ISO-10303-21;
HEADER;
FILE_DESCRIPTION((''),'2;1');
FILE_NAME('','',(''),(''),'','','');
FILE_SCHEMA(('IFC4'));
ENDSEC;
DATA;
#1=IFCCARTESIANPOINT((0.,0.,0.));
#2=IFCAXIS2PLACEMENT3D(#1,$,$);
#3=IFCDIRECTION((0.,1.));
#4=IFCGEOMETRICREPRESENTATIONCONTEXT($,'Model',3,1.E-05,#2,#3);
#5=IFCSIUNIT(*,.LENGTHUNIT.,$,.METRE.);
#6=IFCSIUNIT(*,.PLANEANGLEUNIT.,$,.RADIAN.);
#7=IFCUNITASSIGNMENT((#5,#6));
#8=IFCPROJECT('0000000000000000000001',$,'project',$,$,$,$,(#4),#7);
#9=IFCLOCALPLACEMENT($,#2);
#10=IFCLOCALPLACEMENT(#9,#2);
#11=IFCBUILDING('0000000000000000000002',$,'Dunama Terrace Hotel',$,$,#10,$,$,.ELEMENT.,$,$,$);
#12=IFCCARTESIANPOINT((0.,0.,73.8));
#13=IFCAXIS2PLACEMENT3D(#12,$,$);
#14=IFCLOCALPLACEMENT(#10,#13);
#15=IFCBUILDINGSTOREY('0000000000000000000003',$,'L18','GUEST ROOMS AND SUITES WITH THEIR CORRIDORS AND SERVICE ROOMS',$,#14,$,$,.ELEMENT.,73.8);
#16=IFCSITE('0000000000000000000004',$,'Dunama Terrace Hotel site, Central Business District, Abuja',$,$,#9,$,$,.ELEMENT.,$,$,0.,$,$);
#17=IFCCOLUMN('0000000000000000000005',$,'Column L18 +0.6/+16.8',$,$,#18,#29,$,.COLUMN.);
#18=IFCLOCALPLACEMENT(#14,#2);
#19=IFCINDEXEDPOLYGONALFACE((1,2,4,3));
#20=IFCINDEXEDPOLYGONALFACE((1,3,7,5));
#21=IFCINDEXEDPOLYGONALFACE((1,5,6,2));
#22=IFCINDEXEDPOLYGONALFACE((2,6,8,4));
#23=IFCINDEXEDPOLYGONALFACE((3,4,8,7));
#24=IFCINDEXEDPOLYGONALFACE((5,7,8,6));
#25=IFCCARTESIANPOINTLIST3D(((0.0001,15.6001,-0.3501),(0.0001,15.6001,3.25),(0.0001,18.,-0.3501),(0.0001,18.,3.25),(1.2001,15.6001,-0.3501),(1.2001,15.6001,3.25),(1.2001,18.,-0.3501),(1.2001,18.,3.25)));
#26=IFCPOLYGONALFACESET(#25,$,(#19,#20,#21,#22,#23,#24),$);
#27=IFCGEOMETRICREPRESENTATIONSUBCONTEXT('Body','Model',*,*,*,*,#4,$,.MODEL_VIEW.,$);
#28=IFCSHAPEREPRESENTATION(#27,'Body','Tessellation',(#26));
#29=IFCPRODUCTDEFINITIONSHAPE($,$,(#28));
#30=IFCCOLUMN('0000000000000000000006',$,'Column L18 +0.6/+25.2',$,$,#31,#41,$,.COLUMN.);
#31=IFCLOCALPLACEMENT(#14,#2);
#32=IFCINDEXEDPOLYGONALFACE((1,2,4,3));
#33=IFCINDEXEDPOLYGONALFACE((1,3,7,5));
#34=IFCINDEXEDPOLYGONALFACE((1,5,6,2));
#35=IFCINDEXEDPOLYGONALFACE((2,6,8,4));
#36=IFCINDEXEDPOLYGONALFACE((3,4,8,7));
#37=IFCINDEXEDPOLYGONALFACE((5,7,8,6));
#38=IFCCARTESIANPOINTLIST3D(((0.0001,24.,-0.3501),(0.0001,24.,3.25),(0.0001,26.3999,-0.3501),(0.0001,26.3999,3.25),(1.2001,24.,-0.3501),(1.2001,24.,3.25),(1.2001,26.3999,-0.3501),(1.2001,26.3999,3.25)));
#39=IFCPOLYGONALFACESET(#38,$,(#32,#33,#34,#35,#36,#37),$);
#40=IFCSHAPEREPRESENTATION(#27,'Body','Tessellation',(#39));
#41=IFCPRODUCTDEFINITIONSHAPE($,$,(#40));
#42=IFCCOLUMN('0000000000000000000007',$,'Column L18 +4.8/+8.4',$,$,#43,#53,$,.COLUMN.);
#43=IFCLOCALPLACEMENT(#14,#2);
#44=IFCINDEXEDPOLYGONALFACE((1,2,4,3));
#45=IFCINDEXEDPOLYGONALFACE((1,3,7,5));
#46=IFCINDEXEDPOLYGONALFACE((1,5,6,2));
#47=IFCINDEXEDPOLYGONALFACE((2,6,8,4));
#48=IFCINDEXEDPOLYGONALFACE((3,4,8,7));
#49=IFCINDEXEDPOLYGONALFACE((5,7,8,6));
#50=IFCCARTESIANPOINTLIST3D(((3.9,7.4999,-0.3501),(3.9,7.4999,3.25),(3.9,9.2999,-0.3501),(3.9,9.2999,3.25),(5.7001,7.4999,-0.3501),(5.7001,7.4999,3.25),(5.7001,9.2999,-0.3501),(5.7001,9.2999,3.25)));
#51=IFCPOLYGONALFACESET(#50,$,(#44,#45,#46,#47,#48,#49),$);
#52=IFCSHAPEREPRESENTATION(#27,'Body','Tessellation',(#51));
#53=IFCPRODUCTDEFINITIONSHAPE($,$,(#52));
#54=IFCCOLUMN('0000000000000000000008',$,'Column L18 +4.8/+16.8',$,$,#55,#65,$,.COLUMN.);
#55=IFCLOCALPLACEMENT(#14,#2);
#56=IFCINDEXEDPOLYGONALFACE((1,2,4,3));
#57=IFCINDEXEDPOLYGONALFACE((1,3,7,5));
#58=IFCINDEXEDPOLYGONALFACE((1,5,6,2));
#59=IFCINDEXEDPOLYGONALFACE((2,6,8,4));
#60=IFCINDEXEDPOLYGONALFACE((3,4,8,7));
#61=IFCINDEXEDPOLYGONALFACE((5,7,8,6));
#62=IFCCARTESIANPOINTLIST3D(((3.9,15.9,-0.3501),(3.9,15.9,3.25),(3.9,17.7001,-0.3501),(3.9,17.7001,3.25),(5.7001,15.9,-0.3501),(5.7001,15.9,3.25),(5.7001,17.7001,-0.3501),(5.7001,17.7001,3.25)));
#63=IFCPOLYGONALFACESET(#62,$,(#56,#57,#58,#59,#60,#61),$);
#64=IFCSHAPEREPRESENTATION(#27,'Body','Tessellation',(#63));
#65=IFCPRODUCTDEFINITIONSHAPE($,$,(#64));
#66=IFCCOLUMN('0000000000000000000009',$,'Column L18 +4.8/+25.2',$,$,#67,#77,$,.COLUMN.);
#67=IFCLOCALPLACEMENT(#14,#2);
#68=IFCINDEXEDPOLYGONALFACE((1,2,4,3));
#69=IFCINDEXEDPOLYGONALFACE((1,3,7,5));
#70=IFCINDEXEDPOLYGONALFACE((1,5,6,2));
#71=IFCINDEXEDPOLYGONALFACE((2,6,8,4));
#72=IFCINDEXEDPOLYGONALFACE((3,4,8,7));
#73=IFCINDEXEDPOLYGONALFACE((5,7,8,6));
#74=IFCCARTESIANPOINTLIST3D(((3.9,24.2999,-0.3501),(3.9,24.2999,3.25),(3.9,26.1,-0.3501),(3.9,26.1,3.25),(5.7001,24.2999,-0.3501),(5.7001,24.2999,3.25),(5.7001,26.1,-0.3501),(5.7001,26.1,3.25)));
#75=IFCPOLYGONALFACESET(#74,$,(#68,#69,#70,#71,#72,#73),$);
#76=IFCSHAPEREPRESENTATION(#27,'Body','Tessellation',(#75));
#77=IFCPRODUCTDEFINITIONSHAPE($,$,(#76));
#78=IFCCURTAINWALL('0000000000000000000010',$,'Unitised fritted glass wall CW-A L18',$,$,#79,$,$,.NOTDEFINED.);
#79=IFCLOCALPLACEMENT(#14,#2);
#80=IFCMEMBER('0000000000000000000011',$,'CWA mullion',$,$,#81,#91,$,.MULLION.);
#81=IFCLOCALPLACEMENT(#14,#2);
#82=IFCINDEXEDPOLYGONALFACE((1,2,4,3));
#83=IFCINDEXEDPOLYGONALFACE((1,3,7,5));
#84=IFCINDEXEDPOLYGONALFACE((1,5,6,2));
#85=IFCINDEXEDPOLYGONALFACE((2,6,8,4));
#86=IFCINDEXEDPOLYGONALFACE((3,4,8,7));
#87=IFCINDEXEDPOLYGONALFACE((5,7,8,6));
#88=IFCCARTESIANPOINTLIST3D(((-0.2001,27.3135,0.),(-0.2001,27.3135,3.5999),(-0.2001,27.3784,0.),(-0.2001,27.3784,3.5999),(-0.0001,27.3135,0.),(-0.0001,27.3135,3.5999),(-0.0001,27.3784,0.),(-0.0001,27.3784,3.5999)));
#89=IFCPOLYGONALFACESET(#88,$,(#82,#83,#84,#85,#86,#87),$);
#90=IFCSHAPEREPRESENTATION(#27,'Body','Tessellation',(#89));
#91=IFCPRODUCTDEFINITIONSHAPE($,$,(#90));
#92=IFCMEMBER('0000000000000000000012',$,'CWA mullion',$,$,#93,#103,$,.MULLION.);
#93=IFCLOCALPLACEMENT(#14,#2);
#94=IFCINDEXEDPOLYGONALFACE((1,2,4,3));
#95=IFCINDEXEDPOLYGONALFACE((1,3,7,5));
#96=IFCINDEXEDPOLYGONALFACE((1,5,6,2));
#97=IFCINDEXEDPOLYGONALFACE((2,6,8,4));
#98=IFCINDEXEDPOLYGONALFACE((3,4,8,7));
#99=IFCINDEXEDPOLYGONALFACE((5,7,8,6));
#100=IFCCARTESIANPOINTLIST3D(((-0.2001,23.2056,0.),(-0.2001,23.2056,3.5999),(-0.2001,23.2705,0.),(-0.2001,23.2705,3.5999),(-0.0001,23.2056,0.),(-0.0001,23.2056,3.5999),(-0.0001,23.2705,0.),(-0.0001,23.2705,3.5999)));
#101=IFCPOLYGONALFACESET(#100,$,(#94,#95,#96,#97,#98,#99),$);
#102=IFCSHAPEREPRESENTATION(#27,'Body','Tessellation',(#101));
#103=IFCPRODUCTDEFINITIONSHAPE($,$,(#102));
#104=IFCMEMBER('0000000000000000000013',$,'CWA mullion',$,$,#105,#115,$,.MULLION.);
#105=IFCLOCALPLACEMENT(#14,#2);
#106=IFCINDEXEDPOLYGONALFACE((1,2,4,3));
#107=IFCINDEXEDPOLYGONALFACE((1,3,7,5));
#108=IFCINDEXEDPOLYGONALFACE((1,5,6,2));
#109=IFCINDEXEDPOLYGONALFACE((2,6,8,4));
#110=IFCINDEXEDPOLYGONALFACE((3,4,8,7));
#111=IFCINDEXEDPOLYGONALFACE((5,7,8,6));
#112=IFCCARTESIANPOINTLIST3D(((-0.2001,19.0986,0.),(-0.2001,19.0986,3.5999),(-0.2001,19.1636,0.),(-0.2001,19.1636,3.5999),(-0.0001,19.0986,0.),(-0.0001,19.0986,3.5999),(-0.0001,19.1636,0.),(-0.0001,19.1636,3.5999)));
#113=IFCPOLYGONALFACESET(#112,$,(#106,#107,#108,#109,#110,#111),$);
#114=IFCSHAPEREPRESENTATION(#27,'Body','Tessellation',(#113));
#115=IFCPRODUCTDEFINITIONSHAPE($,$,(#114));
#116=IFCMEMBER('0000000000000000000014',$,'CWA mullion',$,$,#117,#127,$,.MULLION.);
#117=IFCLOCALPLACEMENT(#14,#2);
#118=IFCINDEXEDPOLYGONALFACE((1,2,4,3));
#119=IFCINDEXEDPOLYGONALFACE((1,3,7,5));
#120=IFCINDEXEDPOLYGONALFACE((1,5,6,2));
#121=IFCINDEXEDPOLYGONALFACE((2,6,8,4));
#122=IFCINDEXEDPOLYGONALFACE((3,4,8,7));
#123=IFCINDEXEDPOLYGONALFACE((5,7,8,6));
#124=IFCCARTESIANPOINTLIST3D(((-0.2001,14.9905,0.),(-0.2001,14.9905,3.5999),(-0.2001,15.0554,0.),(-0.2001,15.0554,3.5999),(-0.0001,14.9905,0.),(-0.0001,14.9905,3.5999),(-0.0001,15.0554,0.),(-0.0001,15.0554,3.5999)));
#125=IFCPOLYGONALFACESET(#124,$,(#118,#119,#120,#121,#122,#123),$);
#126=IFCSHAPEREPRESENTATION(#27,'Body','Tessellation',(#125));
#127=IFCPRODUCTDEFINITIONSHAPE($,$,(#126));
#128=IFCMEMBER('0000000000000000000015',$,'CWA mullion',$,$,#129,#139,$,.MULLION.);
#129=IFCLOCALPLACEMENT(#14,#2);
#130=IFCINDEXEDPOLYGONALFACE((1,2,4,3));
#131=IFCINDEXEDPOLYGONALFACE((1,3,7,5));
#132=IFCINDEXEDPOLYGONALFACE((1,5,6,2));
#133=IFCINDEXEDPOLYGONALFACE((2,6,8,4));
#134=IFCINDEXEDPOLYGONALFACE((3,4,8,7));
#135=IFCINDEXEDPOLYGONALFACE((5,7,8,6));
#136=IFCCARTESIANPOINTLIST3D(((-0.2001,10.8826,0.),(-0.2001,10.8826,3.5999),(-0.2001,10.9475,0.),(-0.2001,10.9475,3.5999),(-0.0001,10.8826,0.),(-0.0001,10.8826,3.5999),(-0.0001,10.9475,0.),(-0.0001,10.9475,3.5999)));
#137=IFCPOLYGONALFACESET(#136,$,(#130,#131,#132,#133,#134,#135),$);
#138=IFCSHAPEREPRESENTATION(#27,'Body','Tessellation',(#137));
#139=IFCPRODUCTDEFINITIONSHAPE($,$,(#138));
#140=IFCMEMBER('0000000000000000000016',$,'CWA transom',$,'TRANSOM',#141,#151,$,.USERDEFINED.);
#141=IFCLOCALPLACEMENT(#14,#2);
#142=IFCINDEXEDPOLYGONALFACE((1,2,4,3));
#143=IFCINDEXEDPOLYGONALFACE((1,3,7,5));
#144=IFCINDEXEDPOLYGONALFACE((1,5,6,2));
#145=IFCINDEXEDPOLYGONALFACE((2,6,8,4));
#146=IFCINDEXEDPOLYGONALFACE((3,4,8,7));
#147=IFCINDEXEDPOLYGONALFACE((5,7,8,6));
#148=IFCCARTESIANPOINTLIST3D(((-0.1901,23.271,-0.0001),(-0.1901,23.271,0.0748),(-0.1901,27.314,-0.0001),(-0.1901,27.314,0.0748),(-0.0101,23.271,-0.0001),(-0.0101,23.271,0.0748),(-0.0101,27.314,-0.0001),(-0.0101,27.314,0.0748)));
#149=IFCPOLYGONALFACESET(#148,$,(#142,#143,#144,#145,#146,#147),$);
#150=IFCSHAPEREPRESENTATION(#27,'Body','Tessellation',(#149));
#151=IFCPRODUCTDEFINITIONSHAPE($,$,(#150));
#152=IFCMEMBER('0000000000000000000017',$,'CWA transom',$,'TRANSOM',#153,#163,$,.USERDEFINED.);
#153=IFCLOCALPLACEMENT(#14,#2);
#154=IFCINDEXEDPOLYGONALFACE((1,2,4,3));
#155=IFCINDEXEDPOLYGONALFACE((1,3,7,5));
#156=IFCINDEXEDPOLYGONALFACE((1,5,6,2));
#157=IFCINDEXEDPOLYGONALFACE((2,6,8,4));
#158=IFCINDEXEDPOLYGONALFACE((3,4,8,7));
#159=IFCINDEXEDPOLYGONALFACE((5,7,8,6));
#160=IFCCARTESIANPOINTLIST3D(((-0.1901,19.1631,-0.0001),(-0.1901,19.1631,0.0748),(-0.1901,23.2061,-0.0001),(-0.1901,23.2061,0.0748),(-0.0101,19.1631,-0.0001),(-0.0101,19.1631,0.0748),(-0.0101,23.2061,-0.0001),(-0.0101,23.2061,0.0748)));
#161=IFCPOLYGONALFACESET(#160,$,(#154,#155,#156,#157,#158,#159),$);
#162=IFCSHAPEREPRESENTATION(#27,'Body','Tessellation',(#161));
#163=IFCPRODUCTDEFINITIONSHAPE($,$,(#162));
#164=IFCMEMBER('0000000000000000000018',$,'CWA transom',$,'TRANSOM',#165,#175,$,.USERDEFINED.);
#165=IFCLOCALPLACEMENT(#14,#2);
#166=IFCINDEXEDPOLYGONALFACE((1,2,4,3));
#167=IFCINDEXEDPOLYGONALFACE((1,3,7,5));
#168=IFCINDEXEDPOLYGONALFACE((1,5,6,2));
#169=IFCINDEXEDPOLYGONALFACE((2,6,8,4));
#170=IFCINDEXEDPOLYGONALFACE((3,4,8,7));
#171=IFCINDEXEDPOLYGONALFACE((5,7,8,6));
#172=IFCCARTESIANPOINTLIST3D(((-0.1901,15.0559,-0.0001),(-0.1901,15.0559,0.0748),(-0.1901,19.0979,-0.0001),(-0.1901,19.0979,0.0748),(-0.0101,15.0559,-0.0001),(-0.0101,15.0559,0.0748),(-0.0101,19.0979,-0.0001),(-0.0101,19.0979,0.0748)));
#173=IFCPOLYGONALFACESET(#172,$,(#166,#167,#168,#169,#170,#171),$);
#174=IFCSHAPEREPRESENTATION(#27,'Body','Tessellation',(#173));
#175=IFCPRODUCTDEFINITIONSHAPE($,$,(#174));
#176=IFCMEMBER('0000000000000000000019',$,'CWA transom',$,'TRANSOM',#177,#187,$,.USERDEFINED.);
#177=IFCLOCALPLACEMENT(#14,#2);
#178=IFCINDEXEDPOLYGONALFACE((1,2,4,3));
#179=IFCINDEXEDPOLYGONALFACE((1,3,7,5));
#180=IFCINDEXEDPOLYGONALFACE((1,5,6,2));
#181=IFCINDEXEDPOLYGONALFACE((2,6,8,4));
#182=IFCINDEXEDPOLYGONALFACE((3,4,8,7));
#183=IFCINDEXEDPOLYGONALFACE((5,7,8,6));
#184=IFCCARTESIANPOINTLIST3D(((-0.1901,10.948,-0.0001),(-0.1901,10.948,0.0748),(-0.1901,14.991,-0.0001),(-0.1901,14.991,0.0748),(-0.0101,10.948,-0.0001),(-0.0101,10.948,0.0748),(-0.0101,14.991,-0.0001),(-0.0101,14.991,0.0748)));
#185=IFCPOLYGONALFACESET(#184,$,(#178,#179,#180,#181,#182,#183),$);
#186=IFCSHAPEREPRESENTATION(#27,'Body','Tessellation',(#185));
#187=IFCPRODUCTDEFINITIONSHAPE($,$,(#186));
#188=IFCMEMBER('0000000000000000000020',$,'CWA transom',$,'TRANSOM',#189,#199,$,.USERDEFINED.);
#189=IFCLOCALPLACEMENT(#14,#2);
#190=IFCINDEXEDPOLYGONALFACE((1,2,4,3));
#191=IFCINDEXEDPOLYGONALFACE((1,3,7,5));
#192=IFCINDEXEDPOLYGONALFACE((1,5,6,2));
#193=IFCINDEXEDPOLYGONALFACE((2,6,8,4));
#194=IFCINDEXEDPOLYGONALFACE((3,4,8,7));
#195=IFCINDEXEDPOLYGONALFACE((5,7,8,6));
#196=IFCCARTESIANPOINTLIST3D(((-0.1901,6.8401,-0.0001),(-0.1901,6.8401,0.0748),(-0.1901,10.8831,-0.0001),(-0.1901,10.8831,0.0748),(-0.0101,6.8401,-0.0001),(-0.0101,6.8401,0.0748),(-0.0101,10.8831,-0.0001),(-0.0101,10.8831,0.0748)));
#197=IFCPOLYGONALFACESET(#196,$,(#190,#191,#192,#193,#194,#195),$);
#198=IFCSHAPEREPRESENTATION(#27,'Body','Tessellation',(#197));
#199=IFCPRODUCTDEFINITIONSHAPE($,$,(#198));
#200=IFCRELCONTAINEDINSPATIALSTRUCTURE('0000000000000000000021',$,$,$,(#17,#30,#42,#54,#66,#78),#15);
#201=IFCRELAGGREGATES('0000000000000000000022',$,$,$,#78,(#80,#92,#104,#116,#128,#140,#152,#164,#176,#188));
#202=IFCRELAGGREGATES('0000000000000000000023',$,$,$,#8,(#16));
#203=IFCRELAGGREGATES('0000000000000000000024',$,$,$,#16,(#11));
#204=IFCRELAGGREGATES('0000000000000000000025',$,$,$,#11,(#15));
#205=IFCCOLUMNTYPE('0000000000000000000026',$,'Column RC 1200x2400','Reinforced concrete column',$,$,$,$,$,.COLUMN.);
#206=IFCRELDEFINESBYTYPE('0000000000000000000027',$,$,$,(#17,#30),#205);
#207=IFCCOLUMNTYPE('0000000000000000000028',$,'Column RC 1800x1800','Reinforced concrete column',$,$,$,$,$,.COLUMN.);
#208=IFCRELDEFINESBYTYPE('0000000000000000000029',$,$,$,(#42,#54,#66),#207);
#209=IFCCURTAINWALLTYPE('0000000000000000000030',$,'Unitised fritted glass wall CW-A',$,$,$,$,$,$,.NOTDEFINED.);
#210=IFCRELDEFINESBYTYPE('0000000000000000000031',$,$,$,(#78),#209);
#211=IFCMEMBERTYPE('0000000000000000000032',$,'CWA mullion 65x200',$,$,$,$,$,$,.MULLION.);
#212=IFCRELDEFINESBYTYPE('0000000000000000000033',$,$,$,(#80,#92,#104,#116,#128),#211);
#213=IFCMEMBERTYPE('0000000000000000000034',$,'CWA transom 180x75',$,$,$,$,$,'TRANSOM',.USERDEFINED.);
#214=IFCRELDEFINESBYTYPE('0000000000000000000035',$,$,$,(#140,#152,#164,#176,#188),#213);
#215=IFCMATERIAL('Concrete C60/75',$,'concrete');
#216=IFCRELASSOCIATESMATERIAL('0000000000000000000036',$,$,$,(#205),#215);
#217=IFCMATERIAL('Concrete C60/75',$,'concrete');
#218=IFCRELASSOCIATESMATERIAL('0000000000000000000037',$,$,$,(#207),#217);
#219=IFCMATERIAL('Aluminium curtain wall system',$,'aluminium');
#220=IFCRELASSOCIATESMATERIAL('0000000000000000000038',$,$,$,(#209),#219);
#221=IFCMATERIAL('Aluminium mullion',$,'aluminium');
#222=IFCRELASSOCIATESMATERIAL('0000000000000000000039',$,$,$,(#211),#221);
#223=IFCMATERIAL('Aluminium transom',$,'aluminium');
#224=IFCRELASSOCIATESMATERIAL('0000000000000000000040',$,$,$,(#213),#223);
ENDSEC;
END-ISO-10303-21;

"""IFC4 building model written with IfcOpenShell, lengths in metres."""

from ifc_helpers import new_model, si_unit, direction, frame, origin, origin_2d, place, context, subcontext, project, spatial, rectangle, extrude, material, material_profile, profile_set, type_object, element, aggregate, save


model = new_model("IFC4")

# Units and contexts
model_context = context("Model", 3, precision=1e-05, world=origin(), true_north=direction((0.0, 1.0)))
body_context = subcontext(model_context, "Body", "Model", "MODEL_VIEW")
ifc_project = project(units=[si_unit("LENGTHUNIT", "METRE"), si_unit("PLANEANGLEUNIT", "RADIAN")], contexts=[model_context])

# Site, building, storey
site_placement = place(None, origin())
site = spatial("IfcSite", under=ifc_project, at=site_placement, Name="Dunama Terrace Hotel site, Central Business District, Abuja", CompositionType="ELEMENT", RefElevation=0.0)
building_placement = place(site_placement, origin())
building = spatial("IfcBuilding", under=site, at=building_placement, Name="Dunama Terrace Hotel", CompositionType="ELEMENT")
storey_placement = place(building_placement, frame((0.0, 0.0, 73.8)))
storey = spatial("IfcBuildingStorey", under=building, at=storey_placement, Name="L18", Description="GUEST ROOMS AND SUITES WITH THEIR CORRIDORS AND SERVICE ROOMS", CompositionType="ELEMENT", Elevation=73.8)

# Columns
ifc_material_1 = material(Name="Concrete C60/75", Category="concrete")
ifc_material_profile_1 = material_profile(ifc_material_1, rectangle(XDim=1.2, YDim=2.3999, at=origin_2d()), Name="RC 1200x2400")
ifc_profile_set_1 = profile_set([ifc_material_profile_1], Name="Concrete C60/75")
column_type_1 = type_object("IfcColumnType", Name="Column RC 1200x2400", Description="Reinforced concrete column", PredefinedType="COLUMN", material=ifc_profile_set_1)
for number, where, z_axis, x_axis, name in (
    (1, (0.6001, 16.8, -0.3501), (0.0, 0.0, 1.0), (1.0, 0.0, 0.0), "Column L18 +0.6/+16.8"),
    (2, (0.6001, 25.2, -0.3501), (0.0, 0.0, 1.0), (1.0, 0.0, 0.0), "Column L18 +0.6/+25.2"),
):
    element("IfcColumn", number, at=place(storey_placement, frame(where, z_axis=z_axis, x_axis=x_axis)), inside=storey, type_object=column_type_1, Name=name, PredefinedType="COLUMN", context=body_context, shape_type="SweptSolid", body=[
        extrude(rectangle(XDim=1.2, YDim=2.3999, at=origin_2d()), origin(), (0.0, 0.0, 1.0), 3.6001),
    ])
ifc_material_2 = material(Name="Concrete C60/75", Category="concrete")
ifc_material_profile_2 = material_profile(ifc_material_2, rectangle(XDim=1.8, YDim=1.8, at=origin_2d()), Name="RC 1800x1800")
ifc_profile_set_2 = profile_set([ifc_material_profile_2], Name="Concrete C60/75")
column_type_2 = type_object("IfcColumnType", Name="Column RC 1800x1800", Description="Reinforced concrete column", PredefinedType="COLUMN", material=ifc_profile_set_2)
for number, where, z_axis, x_axis, name in (
    (3, (4.8, 8.3999, -0.3501), (0.0, 0.0, 1.0), (1.0, 0.0, 0.0), "Column L18 +4.8/+8.4"),
    (4, (4.8, 16.8, -0.3501), (0.0, 0.0, 1.0), (1.0, 0.0, 0.0), "Column L18 +4.8/+16.8"),
    (5, (4.8, 25.2, -0.3501), (0.0, 0.0, 1.0), (1.0, 0.0, 0.0), "Column L18 +4.8/+25.2"),
):
    element("IfcColumn", number, at=place(storey_placement, frame(where, z_axis=z_axis, x_axis=x_axis)), inside=storey, type_object=column_type_2, Name=name, PredefinedType="COLUMN", context=body_context, shape_type="SweptSolid", body=[
        extrude(rectangle(XDim=1.8, YDim=1.8, at=origin_2d()), origin(), (0.0, 0.0, 1.0), 3.6001),
    ])

# Curtain wall, members
ifc_material_3 = material(Name="Aluminium curtain wall system", Category="aluminium")
curtain_wall_type = type_object("IfcCurtainWallType", Name="Unitised fritted glass wall CW-A", PredefinedType="NOTDEFINED", material=ifc_material_3)
curtain_wall_placement = place(storey_placement, origin())
curtain_wall = element("IfcCurtainWall", 6, at=curtain_wall_placement, inside=storey, type_object=curtain_wall_type, Name="Unitised fritted glass wall CW-A L18", PredefinedType="NOTDEFINED")
ifc_material_4 = material(Name="Aluminium mullion", Category="aluminium")
ifc_material_profile_3 = material_profile(ifc_material_4, rectangle(XDim=0.0649, YDim=0.2, at=origin_2d()), Name="CWA MULLION 65X200")
ifc_profile_set_3 = profile_set([ifc_material_profile_3], Name="Aluminium mullion")
member_type_1 = type_object("IfcMemberType", Name="CWA mullion 65x200", PredefinedType="MULLION", material=ifc_profile_set_3)
member_1_placement = place(storey_placement, frame((-0.1001, 27.3459, 0.0), z_axis=(0.0, 0.0, 1.0), x_axis=(0.0, -1.0, 0.0)))
member_1 = element("IfcMember", 7, at=member_1_placement, type_object=member_type_1, Name="CWA mullion", PredefinedType="MULLION", context=body_context, shape_type="SweptSolid", body=[
    extrude(rectangle(XDim=0.0649, YDim=0.2, at=origin_2d()), origin(), (0.0, 0.0, 1.0), 3.5999),
])
member_2_placement = place(storey_placement, frame((-0.1001, 23.238, 0.0), z_axis=(0.0, 0.0, 1.0), x_axis=(0.0, -1.0, 0.0)))
member_2 = element("IfcMember", 8, at=member_2_placement, type_object=member_type_1, Name="CWA mullion", PredefinedType="MULLION", context=body_context, shape_type="SweptSolid", body=[
    extrude(rectangle(XDim=0.0649, YDim=0.2, at=origin_2d()), origin(), (0.0, 0.0, 1.0), 3.5999),
])
member_3_placement = place(storey_placement, frame((-0.1001, 19.1311, 0.0), z_axis=(0.0, 0.0, 1.0), x_axis=(0.0, -1.0, 0.0)))
member_3 = element("IfcMember", 9, at=member_3_placement, type_object=member_type_1, Name="CWA mullion", PredefinedType="MULLION", context=body_context, shape_type="SweptSolid", body=[
    extrude(rectangle(XDim=0.0649, YDim=0.2, at=origin_2d()), origin(), (0.0, 0.0, 1.0), 3.5999),
])
member_4_placement = place(storey_placement, frame((-0.1001, 15.0229, 0.0), z_axis=(0.0, 0.0, 1.0), x_axis=(0.0, -1.0, 0.0)))
member_4 = element("IfcMember", 10, at=member_4_placement, type_object=member_type_1, Name="CWA mullion", PredefinedType="MULLION", context=body_context, shape_type="SweptSolid", body=[
    extrude(rectangle(XDim=0.0649, YDim=0.2, at=origin_2d()), origin(), (0.0, 0.0, 1.0), 3.5999),
])
member_5_placement = place(storey_placement, frame((-0.1001, 10.915, 0.0), z_axis=(0.0, 0.0, 1.0), x_axis=(0.0, -1.0, 0.0)))
member_5 = element("IfcMember", 11, at=member_5_placement, type_object=member_type_1, Name="CWA mullion", PredefinedType="MULLION", context=body_context, shape_type="SweptSolid", body=[
    extrude(rectangle(XDim=0.0649, YDim=0.2, at=origin_2d()), origin(), (0.0, 0.0, 1.0), 3.5999),
])
ifc_material_5 = material(Name="Aluminium transom", Category="aluminium")
ifc_material_profile_4 = material_profile(ifc_material_5, rectangle(XDim=0.1799, YDim=0.075, at=origin_2d()), Name="CWA TRANSOM 180X75")
ifc_profile_set_4 = profile_set([ifc_material_profile_4], Name="Aluminium transom")
member_type_2 = type_object("IfcMemberType", Name="CWA transom 180x75", ElementType="TRANSOM", PredefinedType="USERDEFINED", material=ifc_profile_set_4)
member_6_placement = place(storey_placement, frame((-0.1001, 27.314, 0.0374), z_axis=(0.0, -1.0, 0.0), x_axis=(1.0, 0.0, 0.0)))
member_6 = element("IfcMember", 12, at=member_6_placement, type_object=member_type_2, Name="CWA transom", ObjectType="TRANSOM", PredefinedType="USERDEFINED", context=body_context, shape_type="SweptSolid", body=[
    extrude(rectangle(XDim=0.1799, YDim=0.075, at=origin_2d()), origin(), (0.0, 0.0, 1.0), 4.043),
])
member_7_placement = place(storey_placement, frame((-0.1001, 23.2061, 0.0374), z_axis=(0.0, -1.0, 0.0), x_axis=(1.0, 0.0, 0.0)))
member_7 = element("IfcMember", 13, at=member_7_placement, type_object=member_type_2, Name="CWA transom", ObjectType="TRANSOM", PredefinedType="USERDEFINED", context=body_context, shape_type="SweptSolid", body=[
    extrude(rectangle(XDim=0.1799, YDim=0.075, at=origin_2d()), origin(), (0.0, 0.0, 1.0), 4.043),
])
member_8_placement = place(storey_placement, frame((-0.1001, 19.0979, 0.0374), z_axis=(0.0, -1.0, 0.0), x_axis=(1.0, 0.0, 0.0)))
member_8 = element("IfcMember", 14, at=member_8_placement, type_object=member_type_2, Name="CWA transom", ObjectType="TRANSOM", PredefinedType="USERDEFINED", context=body_context, shape_type="SweptSolid", body=[
    extrude(rectangle(XDim=0.1799, YDim=0.075, at=origin_2d()), origin(), (0.0, 0.0, 1.0), 4.042),
])
member_9_placement = place(storey_placement, frame((-0.1001, 14.991, 0.0374), z_axis=(0.0, -1.0, 0.0), x_axis=(1.0, 0.0, 0.0)))
member_9 = element("IfcMember", 15, at=member_9_placement, type_object=member_type_2, Name="CWA transom", ObjectType="TRANSOM", PredefinedType="USERDEFINED", context=body_context, shape_type="SweptSolid", body=[
    extrude(rectangle(XDim=0.1799, YDim=0.075, at=origin_2d()), origin(), (0.0, 0.0, 1.0), 4.043),
])
member_10_placement = place(storey_placement, frame((-0.1001, 10.8831, 0.0374), z_axis=(0.0, -1.0, 0.0), x_axis=(1.0, 0.0, 0.0)))
member_10 = element("IfcMember", 16, at=member_10_placement, type_object=member_type_2, Name="CWA transom", ObjectType="TRANSOM", PredefinedType="USERDEFINED", context=body_context, shape_type="SweptSolid", body=[
    extrude(rectangle(XDim=0.1799, YDim=0.075, at=origin_2d()), origin(), (0.0, 0.0, 1.0), 4.043),
])

aggregate(curtain_wall, [member_1, member_2, member_3, member_4, member_5, member_6, member_7, member_8, member_9, member_10])

save(model, "model.ifc")
